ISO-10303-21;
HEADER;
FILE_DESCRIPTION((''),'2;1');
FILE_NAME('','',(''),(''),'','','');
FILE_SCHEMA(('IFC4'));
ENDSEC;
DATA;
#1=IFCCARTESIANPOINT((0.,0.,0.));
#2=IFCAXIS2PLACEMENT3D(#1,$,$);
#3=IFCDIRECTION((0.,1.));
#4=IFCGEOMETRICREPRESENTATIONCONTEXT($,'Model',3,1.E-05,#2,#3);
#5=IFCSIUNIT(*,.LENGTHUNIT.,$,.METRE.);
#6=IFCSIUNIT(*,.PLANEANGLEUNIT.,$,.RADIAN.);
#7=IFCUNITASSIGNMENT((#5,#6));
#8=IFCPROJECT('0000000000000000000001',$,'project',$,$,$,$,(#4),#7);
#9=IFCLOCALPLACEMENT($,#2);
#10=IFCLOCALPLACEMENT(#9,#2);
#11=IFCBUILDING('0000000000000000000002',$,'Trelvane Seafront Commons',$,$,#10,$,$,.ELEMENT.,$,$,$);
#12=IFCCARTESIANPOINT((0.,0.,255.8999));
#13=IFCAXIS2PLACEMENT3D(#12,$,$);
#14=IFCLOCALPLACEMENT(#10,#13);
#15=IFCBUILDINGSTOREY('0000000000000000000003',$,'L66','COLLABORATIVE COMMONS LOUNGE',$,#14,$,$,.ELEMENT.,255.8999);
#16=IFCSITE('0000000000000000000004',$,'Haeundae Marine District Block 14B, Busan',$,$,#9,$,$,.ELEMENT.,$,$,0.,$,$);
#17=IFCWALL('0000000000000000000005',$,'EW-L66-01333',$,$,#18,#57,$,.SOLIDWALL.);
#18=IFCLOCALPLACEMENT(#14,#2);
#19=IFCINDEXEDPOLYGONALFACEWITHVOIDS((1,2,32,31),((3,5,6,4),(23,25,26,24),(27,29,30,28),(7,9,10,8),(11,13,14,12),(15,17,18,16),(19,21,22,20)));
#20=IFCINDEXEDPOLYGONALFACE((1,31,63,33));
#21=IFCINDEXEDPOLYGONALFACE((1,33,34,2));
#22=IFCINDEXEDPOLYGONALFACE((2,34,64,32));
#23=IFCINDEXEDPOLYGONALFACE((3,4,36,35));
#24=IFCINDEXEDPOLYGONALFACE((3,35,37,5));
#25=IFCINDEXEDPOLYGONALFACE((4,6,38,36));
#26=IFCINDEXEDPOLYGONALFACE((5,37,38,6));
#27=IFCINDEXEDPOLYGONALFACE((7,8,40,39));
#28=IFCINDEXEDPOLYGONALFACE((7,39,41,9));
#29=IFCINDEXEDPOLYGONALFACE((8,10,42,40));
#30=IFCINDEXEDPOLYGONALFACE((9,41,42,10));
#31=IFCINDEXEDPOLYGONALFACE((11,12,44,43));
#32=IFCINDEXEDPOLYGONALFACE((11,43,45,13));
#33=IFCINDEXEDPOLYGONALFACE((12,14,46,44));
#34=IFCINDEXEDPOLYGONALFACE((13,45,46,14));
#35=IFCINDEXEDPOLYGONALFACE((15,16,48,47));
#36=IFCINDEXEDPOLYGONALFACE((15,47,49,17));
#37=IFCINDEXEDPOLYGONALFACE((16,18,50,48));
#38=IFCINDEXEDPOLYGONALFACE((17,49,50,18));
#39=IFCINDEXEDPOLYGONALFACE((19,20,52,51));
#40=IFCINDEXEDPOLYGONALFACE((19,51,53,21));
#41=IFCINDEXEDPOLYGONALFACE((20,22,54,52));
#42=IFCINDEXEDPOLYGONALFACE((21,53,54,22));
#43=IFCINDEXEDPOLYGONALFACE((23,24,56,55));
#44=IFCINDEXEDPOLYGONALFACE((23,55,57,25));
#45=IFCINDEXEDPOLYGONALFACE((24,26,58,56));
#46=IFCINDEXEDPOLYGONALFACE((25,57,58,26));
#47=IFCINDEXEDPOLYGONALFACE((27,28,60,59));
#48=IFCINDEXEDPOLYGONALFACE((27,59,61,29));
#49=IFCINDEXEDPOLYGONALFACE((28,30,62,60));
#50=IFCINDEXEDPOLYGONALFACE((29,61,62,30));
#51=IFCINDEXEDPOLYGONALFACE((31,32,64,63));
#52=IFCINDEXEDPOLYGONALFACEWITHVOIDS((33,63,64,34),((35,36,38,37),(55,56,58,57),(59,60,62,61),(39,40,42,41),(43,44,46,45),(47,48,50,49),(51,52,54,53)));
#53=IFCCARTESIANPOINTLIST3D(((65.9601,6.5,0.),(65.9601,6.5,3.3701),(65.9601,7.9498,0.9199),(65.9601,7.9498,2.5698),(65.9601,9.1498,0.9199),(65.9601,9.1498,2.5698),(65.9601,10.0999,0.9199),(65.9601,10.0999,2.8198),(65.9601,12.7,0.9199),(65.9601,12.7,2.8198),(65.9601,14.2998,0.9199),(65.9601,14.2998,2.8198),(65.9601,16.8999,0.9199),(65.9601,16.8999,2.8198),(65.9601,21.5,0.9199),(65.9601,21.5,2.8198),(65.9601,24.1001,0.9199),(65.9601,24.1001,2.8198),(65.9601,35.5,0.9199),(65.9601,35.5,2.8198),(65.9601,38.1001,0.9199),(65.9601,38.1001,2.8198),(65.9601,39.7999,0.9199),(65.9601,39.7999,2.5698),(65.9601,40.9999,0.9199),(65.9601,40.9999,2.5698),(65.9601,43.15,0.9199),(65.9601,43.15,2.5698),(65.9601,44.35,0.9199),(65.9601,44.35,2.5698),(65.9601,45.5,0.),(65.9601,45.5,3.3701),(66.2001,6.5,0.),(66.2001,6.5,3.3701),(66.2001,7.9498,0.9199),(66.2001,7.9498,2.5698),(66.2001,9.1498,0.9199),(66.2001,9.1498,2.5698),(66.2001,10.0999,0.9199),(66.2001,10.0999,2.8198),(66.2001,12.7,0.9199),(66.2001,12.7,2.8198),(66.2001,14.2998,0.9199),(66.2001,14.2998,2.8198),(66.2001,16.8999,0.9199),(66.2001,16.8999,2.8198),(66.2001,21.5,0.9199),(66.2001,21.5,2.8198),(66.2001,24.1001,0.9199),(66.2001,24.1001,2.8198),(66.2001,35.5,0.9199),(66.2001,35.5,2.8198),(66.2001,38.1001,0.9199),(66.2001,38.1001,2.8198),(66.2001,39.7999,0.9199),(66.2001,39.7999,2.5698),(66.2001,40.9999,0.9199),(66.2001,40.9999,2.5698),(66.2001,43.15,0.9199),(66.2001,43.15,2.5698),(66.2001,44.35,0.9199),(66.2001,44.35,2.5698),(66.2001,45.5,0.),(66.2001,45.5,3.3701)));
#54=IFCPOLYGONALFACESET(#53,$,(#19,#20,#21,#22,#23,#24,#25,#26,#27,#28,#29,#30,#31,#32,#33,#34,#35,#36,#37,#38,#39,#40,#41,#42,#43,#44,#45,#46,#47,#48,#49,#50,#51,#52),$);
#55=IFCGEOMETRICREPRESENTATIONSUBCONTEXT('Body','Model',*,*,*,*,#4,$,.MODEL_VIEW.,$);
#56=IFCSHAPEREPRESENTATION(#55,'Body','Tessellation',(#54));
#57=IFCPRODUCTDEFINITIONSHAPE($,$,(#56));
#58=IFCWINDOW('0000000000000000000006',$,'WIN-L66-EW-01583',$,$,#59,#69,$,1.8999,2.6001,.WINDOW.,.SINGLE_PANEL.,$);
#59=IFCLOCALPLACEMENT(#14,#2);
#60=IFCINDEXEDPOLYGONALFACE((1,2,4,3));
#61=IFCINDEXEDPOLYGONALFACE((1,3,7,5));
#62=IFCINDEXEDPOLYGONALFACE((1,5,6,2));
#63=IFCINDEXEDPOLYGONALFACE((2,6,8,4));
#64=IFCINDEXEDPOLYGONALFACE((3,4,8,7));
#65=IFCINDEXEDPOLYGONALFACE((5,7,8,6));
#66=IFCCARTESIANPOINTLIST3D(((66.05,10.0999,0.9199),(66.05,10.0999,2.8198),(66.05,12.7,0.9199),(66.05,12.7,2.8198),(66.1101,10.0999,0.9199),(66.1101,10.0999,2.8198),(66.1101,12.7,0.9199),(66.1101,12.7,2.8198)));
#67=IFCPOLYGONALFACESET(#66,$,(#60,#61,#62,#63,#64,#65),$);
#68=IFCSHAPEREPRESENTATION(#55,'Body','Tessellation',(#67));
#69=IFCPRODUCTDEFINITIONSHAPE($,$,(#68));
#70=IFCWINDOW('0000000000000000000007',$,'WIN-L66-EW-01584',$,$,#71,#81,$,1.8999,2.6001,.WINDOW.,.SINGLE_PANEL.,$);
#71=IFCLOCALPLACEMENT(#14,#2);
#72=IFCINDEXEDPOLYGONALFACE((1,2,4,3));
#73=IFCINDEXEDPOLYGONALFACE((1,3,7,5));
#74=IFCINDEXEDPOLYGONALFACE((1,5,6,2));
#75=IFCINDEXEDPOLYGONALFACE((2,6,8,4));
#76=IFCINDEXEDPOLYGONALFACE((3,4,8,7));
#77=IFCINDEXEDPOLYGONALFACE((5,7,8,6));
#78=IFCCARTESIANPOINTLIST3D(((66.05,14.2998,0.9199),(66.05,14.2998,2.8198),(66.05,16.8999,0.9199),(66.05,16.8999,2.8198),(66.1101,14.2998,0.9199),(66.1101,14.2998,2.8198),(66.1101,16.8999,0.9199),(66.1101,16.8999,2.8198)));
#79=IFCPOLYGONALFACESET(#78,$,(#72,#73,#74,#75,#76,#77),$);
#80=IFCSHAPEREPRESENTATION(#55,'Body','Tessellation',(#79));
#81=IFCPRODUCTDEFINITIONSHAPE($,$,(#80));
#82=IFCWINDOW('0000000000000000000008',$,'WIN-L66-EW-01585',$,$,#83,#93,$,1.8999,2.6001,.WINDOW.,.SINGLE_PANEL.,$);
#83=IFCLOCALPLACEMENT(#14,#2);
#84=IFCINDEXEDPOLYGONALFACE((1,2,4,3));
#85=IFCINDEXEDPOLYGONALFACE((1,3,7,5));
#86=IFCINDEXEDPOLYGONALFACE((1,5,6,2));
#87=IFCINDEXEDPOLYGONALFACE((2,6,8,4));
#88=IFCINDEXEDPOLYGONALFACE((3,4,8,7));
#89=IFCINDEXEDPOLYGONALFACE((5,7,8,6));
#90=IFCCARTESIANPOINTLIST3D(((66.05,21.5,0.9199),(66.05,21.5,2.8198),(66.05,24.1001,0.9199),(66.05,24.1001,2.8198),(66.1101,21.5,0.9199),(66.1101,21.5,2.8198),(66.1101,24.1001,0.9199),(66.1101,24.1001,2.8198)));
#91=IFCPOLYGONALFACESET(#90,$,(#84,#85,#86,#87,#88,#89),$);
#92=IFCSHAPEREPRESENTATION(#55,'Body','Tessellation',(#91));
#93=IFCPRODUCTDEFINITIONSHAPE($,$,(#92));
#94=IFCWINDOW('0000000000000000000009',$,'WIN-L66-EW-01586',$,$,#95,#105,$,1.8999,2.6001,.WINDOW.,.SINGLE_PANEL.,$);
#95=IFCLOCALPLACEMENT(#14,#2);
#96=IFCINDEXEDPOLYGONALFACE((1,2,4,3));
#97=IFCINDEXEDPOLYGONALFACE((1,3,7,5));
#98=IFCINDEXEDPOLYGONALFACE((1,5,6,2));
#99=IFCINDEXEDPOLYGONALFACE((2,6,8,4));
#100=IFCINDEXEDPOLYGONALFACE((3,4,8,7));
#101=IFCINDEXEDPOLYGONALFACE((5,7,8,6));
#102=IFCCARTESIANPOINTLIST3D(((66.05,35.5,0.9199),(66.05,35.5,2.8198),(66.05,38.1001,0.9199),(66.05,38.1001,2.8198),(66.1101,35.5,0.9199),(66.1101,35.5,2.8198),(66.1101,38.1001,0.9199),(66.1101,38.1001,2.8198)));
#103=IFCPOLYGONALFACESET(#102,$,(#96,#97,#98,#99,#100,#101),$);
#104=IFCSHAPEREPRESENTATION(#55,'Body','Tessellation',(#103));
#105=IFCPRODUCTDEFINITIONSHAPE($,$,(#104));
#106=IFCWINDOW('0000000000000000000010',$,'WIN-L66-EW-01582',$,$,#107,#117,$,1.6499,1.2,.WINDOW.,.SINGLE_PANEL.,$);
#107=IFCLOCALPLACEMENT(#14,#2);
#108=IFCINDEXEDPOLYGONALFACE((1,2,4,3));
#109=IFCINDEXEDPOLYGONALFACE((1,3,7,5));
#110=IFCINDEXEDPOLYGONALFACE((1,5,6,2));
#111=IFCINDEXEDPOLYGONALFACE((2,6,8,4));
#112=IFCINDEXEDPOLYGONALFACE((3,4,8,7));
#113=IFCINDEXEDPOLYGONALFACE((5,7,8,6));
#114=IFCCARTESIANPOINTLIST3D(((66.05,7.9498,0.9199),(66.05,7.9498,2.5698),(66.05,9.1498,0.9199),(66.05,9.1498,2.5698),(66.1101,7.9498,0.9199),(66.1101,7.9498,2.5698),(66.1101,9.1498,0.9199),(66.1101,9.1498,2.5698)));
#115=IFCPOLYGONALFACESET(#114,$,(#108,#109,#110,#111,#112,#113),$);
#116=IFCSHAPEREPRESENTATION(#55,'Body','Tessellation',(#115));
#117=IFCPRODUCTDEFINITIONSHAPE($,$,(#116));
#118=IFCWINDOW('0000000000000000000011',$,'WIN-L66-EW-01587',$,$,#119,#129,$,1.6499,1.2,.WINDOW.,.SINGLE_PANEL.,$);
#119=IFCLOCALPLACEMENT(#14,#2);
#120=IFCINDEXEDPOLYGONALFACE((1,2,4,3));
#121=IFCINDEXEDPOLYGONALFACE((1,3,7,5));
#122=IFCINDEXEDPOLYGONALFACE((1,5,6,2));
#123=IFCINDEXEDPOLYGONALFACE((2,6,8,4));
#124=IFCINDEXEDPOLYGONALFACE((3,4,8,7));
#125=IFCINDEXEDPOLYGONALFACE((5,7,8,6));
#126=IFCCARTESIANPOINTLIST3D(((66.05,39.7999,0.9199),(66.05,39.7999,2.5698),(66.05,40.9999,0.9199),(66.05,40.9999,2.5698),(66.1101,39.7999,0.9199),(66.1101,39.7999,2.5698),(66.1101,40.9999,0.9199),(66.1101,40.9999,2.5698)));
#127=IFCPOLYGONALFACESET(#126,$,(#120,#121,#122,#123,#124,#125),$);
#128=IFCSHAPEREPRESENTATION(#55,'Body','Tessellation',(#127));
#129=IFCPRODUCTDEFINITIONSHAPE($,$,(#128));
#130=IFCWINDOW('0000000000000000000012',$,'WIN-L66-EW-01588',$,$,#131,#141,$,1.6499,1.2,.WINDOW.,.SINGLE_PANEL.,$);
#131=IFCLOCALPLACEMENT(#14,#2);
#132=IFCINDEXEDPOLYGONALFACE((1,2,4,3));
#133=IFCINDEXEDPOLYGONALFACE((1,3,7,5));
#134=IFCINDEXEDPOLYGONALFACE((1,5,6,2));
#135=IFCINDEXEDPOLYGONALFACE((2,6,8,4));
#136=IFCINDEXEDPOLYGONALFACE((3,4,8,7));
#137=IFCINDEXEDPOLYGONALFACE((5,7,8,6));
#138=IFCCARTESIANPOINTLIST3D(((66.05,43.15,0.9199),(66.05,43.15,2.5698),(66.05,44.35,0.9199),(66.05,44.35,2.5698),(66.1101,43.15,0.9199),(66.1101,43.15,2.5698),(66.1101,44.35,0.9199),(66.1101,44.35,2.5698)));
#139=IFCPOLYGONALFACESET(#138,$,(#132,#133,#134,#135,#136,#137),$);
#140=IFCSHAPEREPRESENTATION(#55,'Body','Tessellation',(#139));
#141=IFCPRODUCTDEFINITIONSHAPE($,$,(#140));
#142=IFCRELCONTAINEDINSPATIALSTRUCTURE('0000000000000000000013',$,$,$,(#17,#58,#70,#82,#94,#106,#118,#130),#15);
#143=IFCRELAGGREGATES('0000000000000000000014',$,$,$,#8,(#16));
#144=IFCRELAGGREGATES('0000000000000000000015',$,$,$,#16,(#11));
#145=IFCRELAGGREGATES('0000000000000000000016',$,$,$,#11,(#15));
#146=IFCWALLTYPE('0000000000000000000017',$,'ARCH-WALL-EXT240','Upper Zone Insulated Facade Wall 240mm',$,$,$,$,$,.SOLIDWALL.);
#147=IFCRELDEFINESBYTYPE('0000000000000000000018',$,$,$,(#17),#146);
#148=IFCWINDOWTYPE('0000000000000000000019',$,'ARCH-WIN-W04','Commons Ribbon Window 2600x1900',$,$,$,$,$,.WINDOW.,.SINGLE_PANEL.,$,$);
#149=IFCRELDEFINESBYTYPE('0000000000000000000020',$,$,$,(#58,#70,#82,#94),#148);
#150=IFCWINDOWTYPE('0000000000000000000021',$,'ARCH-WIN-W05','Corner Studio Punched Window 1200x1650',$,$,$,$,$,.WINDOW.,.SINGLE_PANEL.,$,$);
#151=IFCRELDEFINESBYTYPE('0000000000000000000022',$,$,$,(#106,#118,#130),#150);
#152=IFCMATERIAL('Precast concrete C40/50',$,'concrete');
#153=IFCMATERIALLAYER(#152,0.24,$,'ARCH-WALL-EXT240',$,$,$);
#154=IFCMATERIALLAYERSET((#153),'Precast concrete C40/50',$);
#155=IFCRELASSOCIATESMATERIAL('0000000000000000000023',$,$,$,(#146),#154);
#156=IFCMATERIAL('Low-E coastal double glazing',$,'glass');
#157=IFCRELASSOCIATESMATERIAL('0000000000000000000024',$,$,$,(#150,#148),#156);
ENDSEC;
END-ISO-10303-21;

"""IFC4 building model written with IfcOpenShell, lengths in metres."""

from ifc_helpers import new_model, si_unit, direction, frame, frame_2d, origin, place, context, subcontext, project, spatial, rectangle, extrude, source, transform, mapped, material, layer, layer_set, type_object, element, fill, save


model = new_model("IFC4")

# Units and contexts
model_context = context("Model", 3, precision=1e-05, world=origin(), true_north=direction((0.0, 1.0)))
body_context = subcontext(model_context, "Body", "Model", "MODEL_VIEW")
ifc_project = project(units=[si_unit("LENGTHUNIT", "METRE"), si_unit("PLANEANGLEUNIT", "RADIAN")], contexts=[model_context])

# Site, building, storey
site_placement = place(None, origin())
site = spatial("IfcSite", under=ifc_project, at=site_placement, Name="Haeundae Marine District Block 14B, Busan", CompositionType="ELEMENT", RefElevation=0.0)
building_placement = place(site_placement, origin())
building = spatial("IfcBuilding", under=site, at=building_placement, Name="Trelvane Seafront Commons", CompositionType="ELEMENT")
storey_placement = place(building_placement, frame((0.0, 0.0, 255.8999)))
storey = spatial("IfcBuildingStorey", under=building, at=storey_placement, Name="L66", Description="COLLABORATIVE COMMONS LOUNGE", CompositionType="ELEMENT", Elevation=255.8999)

# Shared definitions
ifc_material_1 = material(Name="Low-E coastal double glazing", Category="glass")

# Shared definitions
ifc_material_2 = material(Name="Precast concrete C40/50", Category="concrete")
ifc_layer_1 = layer(ifc_material_2, 0.24, Name="ARCH-WALL-EXT240")
ifc_layer_set_1 = layer_set([ifc_layer_1], Name="Precast concrete C40/50")
wall_type_1 = type_object("IfcWallType", Name="ARCH-WALL-EXT240", Description="Upper Zone Insulated Facade Wall 240mm", PredefinedType="SOLIDWALL", material=ifc_layer_set_1)
window_type_1 = type_object("IfcWindowType", Name="ARCH-WIN-W05", Description="Corner Studio Punched Window 1200x1650", PartitioningType="SINGLE_PANEL", PredefinedType="WINDOW", material=ifc_material_1)
shared_shape_1 = source(origin(), body_context, "Body", "SweptSolid", [
    extrude(rectangle(XDim=1.2, YDim=1.6499, at=frame_2d((0.6001, 0.825))), frame((0.0, 0.03, 0.0), z_axis=(0.0, -1.0, 0.0), x_axis=(1.0, 0.0, 0.0)), (0.0, 0.0, 1.0), 0.0601),
])

# Wall, openings, windows
wall_1_placement = place(storey_placement, frame((66.0801, 45.5, 0.0), z_axis=(0.0, 0.0, 1.0), x_axis=(0.0, -1.0, 0.0)))
wall_1 = element("IfcWall", 1, at=wall_1_placement, inside=storey, type_object=wall_type_1, Name="EW-L66-01333", PredefinedType="SOLIDWALL", context=body_context, shape_type="SweptSolid", body=[
    extrude(rectangle(XDim=39.0, YDim=0.24, at=frame_2d((19.5, 0.0))), origin(), (0.0, 0.0, 1.0), 3.3701),
])
opening_1_placement = place(wall_1_placement, frame((36.3501, 0.0, 0.9199)))
opening_1 = element("IfcOpeningElement", 2, at=opening_1_placement, cuts=wall_1, PredefinedType="OPENING", context=body_context, shape_type="SweptSolid", body=[
    extrude(rectangle(XDim=1.2, YDim=1.6499, at=frame_2d((0.6001, 0.825))), frame((0.0, 0.1299, 0.0), z_axis=(0.0, -1.0, 0.0), x_axis=(1.0, 0.0, 0.0)), (0.0, 0.0, 1.0), 0.26),
])
opening_2_placement = place(wall_1_placement, frame((32.8, 0.0, 0.9199)))
opening_2 = element("IfcOpeningElement", 3, at=opening_2_placement, cuts=wall_1, PredefinedType="OPENING", context=body_context, shape_type="SweptSolid", body=[
    extrude(rectangle(XDim=2.6001, YDim=1.8999, at=frame_2d((1.3, 0.95))), frame((0.0, 0.1299, 0.0), z_axis=(0.0, -1.0, 0.0), x_axis=(1.0, 0.0, 0.0)), (0.0, 0.0, 1.0), 0.26),
])
opening_3_placement = place(wall_1_placement, frame((28.6001, 0.0, 0.9199)))
opening_3 = element("IfcOpeningElement", 4, at=opening_3_placement, cuts=wall_1, PredefinedType="OPENING", context=body_context, shape_type="SweptSolid", body=[
    extrude(rectangle(XDim=2.6001, YDim=1.8999, at=frame_2d((1.3, 0.95))), frame((0.0, 0.1299, 0.0), z_axis=(0.0, -1.0, 0.0), x_axis=(1.0, 0.0, 0.0)), (0.0, 0.0, 1.0), 0.26),
])
opening_4_placement = place(wall_1_placement, frame((21.3999, 0.0, 0.9199)))
opening_4 = element("IfcOpeningElement", 5, at=opening_4_placement, cuts=wall_1, PredefinedType="OPENING", context=body_context, shape_type="SweptSolid", body=[
    extrude(rectangle(XDim=2.6001, YDim=1.8999, at=frame_2d((1.3, 0.95))), frame((0.0, 0.1299, 0.0), z_axis=(0.0, -1.0, 0.0), x_axis=(1.0, 0.0, 0.0)), (0.0, 0.0, 1.0), 0.26),
])
opening_5_placement = place(wall_1_placement, frame((7.3999, 0.0, 0.9199)))
opening_5 = element("IfcOpeningElement", 6, at=opening_5_placement, cuts=wall_1, PredefinedType="OPENING", context=body_context, shape_type="SweptSolid", body=[
    extrude(rectangle(XDim=2.6001, YDim=1.8999, at=frame_2d((1.3, 0.95))), frame((0.0, 0.1299, 0.0), z_axis=(0.0, -1.0, 0.0), x_axis=(1.0, 0.0, 0.0)), (0.0, 0.0, 1.0), 0.26),
])
opening_6_placement = place(wall_1_placement, frame((4.5, 0.0, 0.9199)))
opening_6 = element("IfcOpeningElement", 7, at=opening_6_placement, cuts=wall_1, PredefinedType="OPENING", context=body_context, shape_type="SweptSolid", body=[
    extrude(rectangle(XDim=1.2, YDim=1.6499, at=frame_2d((0.6001, 0.825))), frame((0.0, 0.1299, 0.0), z_axis=(0.0, -1.0, 0.0), x_axis=(1.0, 0.0, 0.0)), (0.0, 0.0, 1.0), 0.26),
])
opening_7_placement = place(wall_1_placement, frame((1.1499, 0.0, 0.9199)))
opening_7 = element("IfcOpeningElement", 8, at=opening_7_placement, cuts=wall_1, PredefinedType="OPENING", context=body_context, shape_type="SweptSolid", body=[
    extrude(rectangle(XDim=1.2, YDim=1.6499, at=frame_2d((0.6001, 0.825))), frame((0.0, 0.1299, 0.0), z_axis=(0.0, -1.0, 0.0), x_axis=(1.0, 0.0, 0.0)), (0.0, 0.0, 1.0), 0.26),
])
window_type_2 = type_object("IfcWindowType", Name="ARCH-WIN-W04", Description="Commons Ribbon Window 2600x1900", PartitioningType="SINGLE_PANEL", PredefinedType="WINDOW", material=ifc_material_1)
shared_shape_2 = source(origin(), body_context, "Body", "SweptSolid", [
    extrude(rectangle(XDim=2.6001, YDim=1.8999, at=frame_2d((1.3, 0.95))), frame((0.0, 0.03, 0.0), z_axis=(0.0, -1.0, 0.0), x_axis=(1.0, 0.0, 0.0)), (0.0, 0.0, 1.0), 0.0601),
])
window_1_placement = place(opening_2_placement, origin())
window_1 = element("IfcWindow", 9, at=window_1_placement, inside=storey, type_object=window_type_2, Name="WIN-L66-EW-01583", OverallHeight=1.8999, OverallWidth=2.6001, PartitioningType="SINGLE_PANEL", PredefinedType="WINDOW", context=body_context, shape_type="MappedRepresentation", body=[
    mapped(shared_shape_2, transform((0.0, 0.0, 0.0), x_axis=(1.0, 0.0, 0.0), y_axis=(0.0, 1.0, 0.0), z_axis=(0.0, 0.0, 1.0), scale=1.0)),
])
fill(opening_2, window_1)
window_2_placement = place(opening_3_placement, origin())
window_2 = element("IfcWindow", 10, at=window_2_placement, inside=storey, type_object=window_type_2, Name="WIN-L66-EW-01584", OverallHeight=1.8999, OverallWidth=2.6001, PartitioningType="SINGLE_PANEL", PredefinedType="WINDOW", context=body_context, shape_type="MappedRepresentation", body=[
    mapped(shared_shape_2, transform((0.0, 0.0, 0.0), x_axis=(1.0, 0.0, 0.0), y_axis=(0.0, 1.0, 0.0), z_axis=(0.0, 0.0, 1.0), scale=1.0)),
])
fill(opening_3, window_2)
window_3_placement = place(opening_4_placement, origin())
window_3 = element("IfcWindow", 11, at=window_3_placement, inside=storey, type_object=window_type_2, Name="WIN-L66-EW-01585", OverallHeight=1.8999, OverallWidth=2.6001, PartitioningType="SINGLE_PANEL", PredefinedType="WINDOW", context=body_context, shape_type="MappedRepresentation", body=[
    mapped(shared_shape_2, transform((0.0, 0.0, 0.0), x_axis=(1.0, 0.0, 0.0), y_axis=(0.0, 1.0, 0.0), z_axis=(0.0, 0.0, 1.0), scale=1.0)),
])
fill(opening_4, window_3)
window_4_placement = place(opening_5_placement, origin())
window_4 = element("IfcWindow", 12, at=window_4_placement, inside=storey, type_object=window_type_2, Name="WIN-L66-EW-01586", OverallHeight=1.8999, OverallWidth=2.6001, PartitioningType="SINGLE_PANEL", PredefinedType="WINDOW", context=body_context, shape_type="MappedRepresentation", body=[
    mapped(shared_shape_2, transform((0.0, 0.0, 0.0), x_axis=(1.0, 0.0, 0.0), y_axis=(0.0, 1.0, 0.0), z_axis=(0.0, 0.0, 1.0), scale=1.0)),
])
fill(opening_5, window_4)
window_5_placement = place(opening_1_placement, origin())
window_5 = element("IfcWindow", 13, at=window_5_placement, inside=storey, type_object=window_type_1, Name="WIN-L66-EW-01582", OverallHeight=1.6499, OverallWidth=1.2, PartitioningType="SINGLE_PANEL", PredefinedType="WINDOW", context=body_context, shape_type="MappedRepresentation", body=[
    mapped(shared_shape_1, transform((0.0, 0.0, 0.0), x_axis=(1.0, 0.0, 0.0), y_axis=(0.0, 1.0, 0.0), z_axis=(0.0, 0.0, 1.0), scale=1.0)),
])
fill(opening_1, window_5)
window_6_placement = place(opening_6_placement, origin())
window_6 = element("IfcWindow", 14, at=window_6_placement, inside=storey, type_object=window_type_1, Name="WIN-L66-EW-01587", OverallHeight=1.6499, OverallWidth=1.2, PartitioningType="SINGLE_PANEL", PredefinedType="WINDOW", context=body_context, shape_type="MappedRepresentation", body=[
    mapped(shared_shape_1, transform((0.0, 0.0, 0.0), x_axis=(1.0, 0.0, 0.0), y_axis=(0.0, 1.0, 0.0), z_axis=(0.0, 0.0, 1.0), scale=1.0)),
])
fill(opening_6, window_6)
window_7_placement = place(opening_7_placement, origin())
window_7 = element("IfcWindow", 15, at=window_7_placement, inside=storey, type_object=window_type_1, Name="WIN-L66-EW-01588", OverallHeight=1.6499, OverallWidth=1.2, PartitioningType="SINGLE_PANEL", PredefinedType="WINDOW", context=body_context, shape_type="MappedRepresentation", body=[
    mapped(shared_shape_1, transform((0.0, 0.0, 0.0), x_axis=(1.0, 0.0, 0.0), y_axis=(0.0, 1.0, 0.0), z_axis=(0.0, 0.0, 1.0), scale=1.0)),
])
fill(opening_7, window_7)

save(model, "model.ifc")
